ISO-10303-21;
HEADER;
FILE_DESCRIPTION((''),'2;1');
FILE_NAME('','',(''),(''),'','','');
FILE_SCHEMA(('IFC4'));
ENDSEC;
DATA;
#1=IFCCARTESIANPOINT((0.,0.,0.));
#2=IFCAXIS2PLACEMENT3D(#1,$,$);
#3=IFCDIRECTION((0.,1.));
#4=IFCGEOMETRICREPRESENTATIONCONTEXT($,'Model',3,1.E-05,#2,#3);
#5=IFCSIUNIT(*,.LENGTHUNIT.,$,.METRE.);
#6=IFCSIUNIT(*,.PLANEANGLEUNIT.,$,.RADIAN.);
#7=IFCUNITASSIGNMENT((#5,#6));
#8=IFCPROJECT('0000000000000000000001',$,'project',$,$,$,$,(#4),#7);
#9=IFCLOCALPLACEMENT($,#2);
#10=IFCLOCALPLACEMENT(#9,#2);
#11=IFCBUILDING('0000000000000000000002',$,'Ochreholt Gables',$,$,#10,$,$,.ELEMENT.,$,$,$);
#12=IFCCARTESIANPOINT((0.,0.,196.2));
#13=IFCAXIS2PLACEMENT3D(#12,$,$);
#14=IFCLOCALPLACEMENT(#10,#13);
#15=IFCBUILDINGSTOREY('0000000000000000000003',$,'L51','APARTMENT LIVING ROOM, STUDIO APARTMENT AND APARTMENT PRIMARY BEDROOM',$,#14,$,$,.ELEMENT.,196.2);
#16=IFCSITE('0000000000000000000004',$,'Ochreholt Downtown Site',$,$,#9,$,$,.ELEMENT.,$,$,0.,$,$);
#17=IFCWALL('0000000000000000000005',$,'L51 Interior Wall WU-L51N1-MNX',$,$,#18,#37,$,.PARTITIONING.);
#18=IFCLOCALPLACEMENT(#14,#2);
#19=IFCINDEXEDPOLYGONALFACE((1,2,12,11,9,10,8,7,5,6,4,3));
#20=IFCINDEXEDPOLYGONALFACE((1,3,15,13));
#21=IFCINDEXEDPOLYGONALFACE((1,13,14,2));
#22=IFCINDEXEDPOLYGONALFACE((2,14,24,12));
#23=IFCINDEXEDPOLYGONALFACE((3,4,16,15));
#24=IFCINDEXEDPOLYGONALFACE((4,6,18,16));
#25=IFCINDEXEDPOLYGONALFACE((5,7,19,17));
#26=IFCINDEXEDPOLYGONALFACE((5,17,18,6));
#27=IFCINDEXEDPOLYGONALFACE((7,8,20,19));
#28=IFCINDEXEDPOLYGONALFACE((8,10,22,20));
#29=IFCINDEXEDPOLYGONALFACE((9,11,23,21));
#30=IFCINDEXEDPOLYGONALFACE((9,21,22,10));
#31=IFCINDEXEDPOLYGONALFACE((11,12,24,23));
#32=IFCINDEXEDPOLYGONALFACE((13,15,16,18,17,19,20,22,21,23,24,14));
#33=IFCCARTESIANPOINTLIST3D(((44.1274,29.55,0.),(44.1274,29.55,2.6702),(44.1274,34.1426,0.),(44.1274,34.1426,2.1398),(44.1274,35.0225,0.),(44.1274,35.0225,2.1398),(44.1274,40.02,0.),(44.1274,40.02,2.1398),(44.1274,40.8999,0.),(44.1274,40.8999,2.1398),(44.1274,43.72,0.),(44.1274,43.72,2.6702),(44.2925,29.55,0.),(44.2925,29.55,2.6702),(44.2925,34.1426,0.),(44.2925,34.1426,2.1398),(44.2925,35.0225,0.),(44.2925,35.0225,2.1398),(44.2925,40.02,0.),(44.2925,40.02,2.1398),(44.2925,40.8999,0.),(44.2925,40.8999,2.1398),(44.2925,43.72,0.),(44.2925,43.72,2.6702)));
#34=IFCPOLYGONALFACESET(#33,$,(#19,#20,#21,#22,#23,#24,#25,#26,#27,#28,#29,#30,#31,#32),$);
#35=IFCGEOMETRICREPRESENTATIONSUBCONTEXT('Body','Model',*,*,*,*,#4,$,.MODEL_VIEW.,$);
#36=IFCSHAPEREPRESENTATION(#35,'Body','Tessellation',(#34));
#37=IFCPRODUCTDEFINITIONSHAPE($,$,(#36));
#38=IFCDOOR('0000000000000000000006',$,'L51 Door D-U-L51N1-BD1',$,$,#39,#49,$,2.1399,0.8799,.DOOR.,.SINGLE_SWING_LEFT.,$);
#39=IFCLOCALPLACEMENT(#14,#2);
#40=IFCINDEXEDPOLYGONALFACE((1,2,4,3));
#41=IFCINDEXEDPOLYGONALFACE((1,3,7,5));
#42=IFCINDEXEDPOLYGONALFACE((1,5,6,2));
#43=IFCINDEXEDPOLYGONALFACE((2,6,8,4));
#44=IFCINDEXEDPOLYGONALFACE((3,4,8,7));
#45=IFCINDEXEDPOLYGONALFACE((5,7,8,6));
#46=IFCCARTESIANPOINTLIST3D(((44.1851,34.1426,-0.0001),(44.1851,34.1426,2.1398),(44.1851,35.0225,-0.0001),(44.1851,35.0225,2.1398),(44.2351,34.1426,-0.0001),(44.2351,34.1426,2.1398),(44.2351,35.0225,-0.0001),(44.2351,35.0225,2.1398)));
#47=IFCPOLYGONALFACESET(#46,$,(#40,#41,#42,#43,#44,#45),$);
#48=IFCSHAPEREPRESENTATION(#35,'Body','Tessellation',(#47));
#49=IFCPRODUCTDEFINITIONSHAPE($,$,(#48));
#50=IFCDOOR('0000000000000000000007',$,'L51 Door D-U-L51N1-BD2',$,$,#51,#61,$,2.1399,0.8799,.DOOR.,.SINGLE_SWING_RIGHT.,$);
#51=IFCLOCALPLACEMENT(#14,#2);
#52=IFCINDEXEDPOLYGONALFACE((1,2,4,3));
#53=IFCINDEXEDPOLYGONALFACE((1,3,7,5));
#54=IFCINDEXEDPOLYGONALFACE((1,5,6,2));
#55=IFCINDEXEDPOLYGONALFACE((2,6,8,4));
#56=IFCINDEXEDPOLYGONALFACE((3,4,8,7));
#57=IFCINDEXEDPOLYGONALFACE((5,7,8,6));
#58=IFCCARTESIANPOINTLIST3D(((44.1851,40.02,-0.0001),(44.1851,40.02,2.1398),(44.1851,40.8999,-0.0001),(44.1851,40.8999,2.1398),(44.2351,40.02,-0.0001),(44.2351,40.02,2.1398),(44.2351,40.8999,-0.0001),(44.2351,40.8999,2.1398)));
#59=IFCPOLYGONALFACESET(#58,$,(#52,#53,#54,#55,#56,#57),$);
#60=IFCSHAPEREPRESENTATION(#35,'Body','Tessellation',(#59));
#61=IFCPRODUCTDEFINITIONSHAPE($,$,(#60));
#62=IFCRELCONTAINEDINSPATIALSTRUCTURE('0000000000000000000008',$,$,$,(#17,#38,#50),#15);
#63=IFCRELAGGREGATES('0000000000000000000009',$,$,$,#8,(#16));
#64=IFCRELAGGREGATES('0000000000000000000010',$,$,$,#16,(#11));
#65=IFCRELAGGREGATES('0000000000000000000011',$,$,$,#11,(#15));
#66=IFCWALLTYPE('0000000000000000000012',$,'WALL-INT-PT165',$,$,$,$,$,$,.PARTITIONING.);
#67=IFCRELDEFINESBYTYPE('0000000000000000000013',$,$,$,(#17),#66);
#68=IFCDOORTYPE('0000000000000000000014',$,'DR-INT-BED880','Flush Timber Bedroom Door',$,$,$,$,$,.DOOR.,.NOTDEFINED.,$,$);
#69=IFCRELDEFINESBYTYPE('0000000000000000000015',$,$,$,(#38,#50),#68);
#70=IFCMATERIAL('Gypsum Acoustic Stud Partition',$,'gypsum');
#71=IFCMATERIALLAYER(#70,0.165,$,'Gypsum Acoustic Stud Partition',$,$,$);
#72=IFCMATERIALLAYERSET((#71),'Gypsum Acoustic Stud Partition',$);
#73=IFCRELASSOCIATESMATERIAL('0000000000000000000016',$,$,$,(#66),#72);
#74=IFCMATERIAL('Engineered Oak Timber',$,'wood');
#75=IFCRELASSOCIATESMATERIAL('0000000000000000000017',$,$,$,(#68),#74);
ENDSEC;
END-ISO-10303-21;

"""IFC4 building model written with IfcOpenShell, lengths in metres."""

from ifc_helpers import new_model, si_unit, direction, frame, frame_2d, origin, place, context, subcontext, project, spatial, rectangle, extrude, material, layer, layer_set, type_object, element, fill, save


model = new_model("IFC4")

# Units and contexts
model_context = context("Model", 3, precision=1e-05, world=origin(), true_north=direction((0.0, 1.0)))
body_context = subcontext(model_context, "Body", "Model", "MODEL_VIEW")
ifc_project = project(units=[si_unit("LENGTHUNIT", "METRE"), si_unit("PLANEANGLEUNIT", "RADIAN")], contexts=[model_context])

# Site, building, storey
site_placement = place(None, origin())
site = spatial("IfcSite", under=ifc_project, at=site_placement, Name="Ochreholt Downtown Site", CompositionType="ELEMENT", RefElevation=0.0)
building_placement = place(site_placement, origin())
building = spatial("IfcBuilding", under=site, at=building_placement, Name="Ochreholt Gables", CompositionType="ELEMENT")
storey_placement = place(building_placement, frame((0.0, 0.0, 196.2)))
storey = spatial("IfcBuildingStorey", under=building, at=storey_placement, Name="L51", Description="APARTMENT LIVING ROOM, STUDIO APARTMENT AND APARTMENT PRIMARY BEDROOM", CompositionType="ELEMENT", Elevation=196.2)

# Shared definitions
ifc_material_1 = material(Name="Engineered Oak Timber", Category="wood")

# Wall, openings, doors
ifc_material_2 = material(Name="Gypsum Acoustic Stud Partition", Category="gypsum")
ifc_layer_1 = layer(ifc_material_2, 0.165, Name="Gypsum Acoustic Stud Partition")
ifc_layer_set_1 = layer_set([ifc_layer_1], Name="Gypsum Acoustic Stud Partition")
wall_type_1 = type_object("IfcWallType", Name="WALL-INT-PT165", PredefinedType="PARTITIONING", material=ifc_layer_set_1)
wall_1_placement = place(storey_placement, frame((44.21, 29.55, 0.0), z_axis=(0.0, 0.0, 1.0), x_axis=(0.0, 1.0, 0.0)))
wall_1 = element("IfcWall", 1, at=wall_1_placement, inside=storey, type_object=wall_type_1, Name="L51 Interior Wall WU-L51N1-MNX", PredefinedType="PARTITIONING", context=body_context, shape_type="SweptSolid", body=[
    extrude(rectangle(XDim=14.1699, YDim=0.165, at=frame_2d((7.085, 0.0))), origin(), (0.0, 0.0, 1.0), 2.6702),
])
opening_1_placement = place(wall_1_placement, frame((4.5925, 0.0, 0.0)))
opening_1 = element("IfcOpeningElement", 2, at=opening_1_placement, cuts=wall_1, PredefinedType="OPENING", context=body_context, shape_type="SweptSolid", body=[
    extrude(rectangle(XDim=0.8799, YDim=2.1399, at=frame_2d((0.4399, 1.0698))), frame((0.0, 0.0925, 0.0), z_axis=(0.0, -1.0, 0.0), x_axis=(1.0, 0.0, 0.0)), (0.0, 0.0, 1.0), 0.1851),
])
opening_2_placement = place(wall_1_placement, frame((10.47, 0.0, 0.0)))
opening_2 = element("IfcOpeningElement", 3, at=opening_2_placement, cuts=wall_1, PredefinedType="OPENING", context=body_context, shape_type="SweptSolid", body=[
    extrude(rectangle(XDim=0.8799, YDim=2.1399, at=frame_2d((0.4399, 1.0698))), frame((0.0, 0.0925, 0.0), z_axis=(0.0, -1.0, 0.0), x_axis=(1.0, 0.0, 0.0)), (0.0, 0.0, 1.0), 0.1851),
])
door_type_1 = type_object("IfcDoorType", Name="DR-INT-BED880", Description="Flush Timber Bedroom Door", OperationType="NOTDEFINED", PredefinedType="DOOR", material=ifc_material_1)
door_1_placement = place(opening_1_placement, origin())
door_1 = element("IfcDoor", 4, at=door_1_placement, inside=storey, type_object=door_type_1, Name="L51 Door D-U-L51N1-BD1", OperationType="SINGLE_SWING_LEFT", OverallHeight=2.1399, OverallWidth=0.8799, PredefinedType="DOOR", context=body_context, shape_type="SweptSolid", body=[
    extrude(rectangle(XDim=0.8799, YDim=2.1399, at=frame_2d((0.4399, 1.0698))), frame((0.0, 0.0249, 0.0), z_axis=(0.0, -1.0, 0.0), x_axis=(1.0, 0.0, 0.0)), (0.0, 0.0, 1.0), 0.05),
])
fill(opening_1, door_1)
door_2_placement = place(opening_2_placement, origin())
door_2 = element("IfcDoor", 5, at=door_2_placement, inside=storey, type_object=door_type_1, Name="L51 Door D-U-L51N1-BD2", OperationType="SINGLE_SWING_RIGHT", OverallHeight=2.1399, OverallWidth=0.8799, PredefinedType="DOOR", context=body_context, shape_type="SweptSolid", body=[
    extrude(rectangle(XDim=0.8799, YDim=2.1399, at=frame_2d((0.4399, 1.0698))), frame((0.0, 0.0249, 0.0), z_axis=(0.0, -1.0, 0.0), x_axis=(1.0, 0.0, 0.0)), (0.0, 0.0, 1.0), 0.05),
])
fill(opening_2, door_2)

save(model, "model.ifc")
